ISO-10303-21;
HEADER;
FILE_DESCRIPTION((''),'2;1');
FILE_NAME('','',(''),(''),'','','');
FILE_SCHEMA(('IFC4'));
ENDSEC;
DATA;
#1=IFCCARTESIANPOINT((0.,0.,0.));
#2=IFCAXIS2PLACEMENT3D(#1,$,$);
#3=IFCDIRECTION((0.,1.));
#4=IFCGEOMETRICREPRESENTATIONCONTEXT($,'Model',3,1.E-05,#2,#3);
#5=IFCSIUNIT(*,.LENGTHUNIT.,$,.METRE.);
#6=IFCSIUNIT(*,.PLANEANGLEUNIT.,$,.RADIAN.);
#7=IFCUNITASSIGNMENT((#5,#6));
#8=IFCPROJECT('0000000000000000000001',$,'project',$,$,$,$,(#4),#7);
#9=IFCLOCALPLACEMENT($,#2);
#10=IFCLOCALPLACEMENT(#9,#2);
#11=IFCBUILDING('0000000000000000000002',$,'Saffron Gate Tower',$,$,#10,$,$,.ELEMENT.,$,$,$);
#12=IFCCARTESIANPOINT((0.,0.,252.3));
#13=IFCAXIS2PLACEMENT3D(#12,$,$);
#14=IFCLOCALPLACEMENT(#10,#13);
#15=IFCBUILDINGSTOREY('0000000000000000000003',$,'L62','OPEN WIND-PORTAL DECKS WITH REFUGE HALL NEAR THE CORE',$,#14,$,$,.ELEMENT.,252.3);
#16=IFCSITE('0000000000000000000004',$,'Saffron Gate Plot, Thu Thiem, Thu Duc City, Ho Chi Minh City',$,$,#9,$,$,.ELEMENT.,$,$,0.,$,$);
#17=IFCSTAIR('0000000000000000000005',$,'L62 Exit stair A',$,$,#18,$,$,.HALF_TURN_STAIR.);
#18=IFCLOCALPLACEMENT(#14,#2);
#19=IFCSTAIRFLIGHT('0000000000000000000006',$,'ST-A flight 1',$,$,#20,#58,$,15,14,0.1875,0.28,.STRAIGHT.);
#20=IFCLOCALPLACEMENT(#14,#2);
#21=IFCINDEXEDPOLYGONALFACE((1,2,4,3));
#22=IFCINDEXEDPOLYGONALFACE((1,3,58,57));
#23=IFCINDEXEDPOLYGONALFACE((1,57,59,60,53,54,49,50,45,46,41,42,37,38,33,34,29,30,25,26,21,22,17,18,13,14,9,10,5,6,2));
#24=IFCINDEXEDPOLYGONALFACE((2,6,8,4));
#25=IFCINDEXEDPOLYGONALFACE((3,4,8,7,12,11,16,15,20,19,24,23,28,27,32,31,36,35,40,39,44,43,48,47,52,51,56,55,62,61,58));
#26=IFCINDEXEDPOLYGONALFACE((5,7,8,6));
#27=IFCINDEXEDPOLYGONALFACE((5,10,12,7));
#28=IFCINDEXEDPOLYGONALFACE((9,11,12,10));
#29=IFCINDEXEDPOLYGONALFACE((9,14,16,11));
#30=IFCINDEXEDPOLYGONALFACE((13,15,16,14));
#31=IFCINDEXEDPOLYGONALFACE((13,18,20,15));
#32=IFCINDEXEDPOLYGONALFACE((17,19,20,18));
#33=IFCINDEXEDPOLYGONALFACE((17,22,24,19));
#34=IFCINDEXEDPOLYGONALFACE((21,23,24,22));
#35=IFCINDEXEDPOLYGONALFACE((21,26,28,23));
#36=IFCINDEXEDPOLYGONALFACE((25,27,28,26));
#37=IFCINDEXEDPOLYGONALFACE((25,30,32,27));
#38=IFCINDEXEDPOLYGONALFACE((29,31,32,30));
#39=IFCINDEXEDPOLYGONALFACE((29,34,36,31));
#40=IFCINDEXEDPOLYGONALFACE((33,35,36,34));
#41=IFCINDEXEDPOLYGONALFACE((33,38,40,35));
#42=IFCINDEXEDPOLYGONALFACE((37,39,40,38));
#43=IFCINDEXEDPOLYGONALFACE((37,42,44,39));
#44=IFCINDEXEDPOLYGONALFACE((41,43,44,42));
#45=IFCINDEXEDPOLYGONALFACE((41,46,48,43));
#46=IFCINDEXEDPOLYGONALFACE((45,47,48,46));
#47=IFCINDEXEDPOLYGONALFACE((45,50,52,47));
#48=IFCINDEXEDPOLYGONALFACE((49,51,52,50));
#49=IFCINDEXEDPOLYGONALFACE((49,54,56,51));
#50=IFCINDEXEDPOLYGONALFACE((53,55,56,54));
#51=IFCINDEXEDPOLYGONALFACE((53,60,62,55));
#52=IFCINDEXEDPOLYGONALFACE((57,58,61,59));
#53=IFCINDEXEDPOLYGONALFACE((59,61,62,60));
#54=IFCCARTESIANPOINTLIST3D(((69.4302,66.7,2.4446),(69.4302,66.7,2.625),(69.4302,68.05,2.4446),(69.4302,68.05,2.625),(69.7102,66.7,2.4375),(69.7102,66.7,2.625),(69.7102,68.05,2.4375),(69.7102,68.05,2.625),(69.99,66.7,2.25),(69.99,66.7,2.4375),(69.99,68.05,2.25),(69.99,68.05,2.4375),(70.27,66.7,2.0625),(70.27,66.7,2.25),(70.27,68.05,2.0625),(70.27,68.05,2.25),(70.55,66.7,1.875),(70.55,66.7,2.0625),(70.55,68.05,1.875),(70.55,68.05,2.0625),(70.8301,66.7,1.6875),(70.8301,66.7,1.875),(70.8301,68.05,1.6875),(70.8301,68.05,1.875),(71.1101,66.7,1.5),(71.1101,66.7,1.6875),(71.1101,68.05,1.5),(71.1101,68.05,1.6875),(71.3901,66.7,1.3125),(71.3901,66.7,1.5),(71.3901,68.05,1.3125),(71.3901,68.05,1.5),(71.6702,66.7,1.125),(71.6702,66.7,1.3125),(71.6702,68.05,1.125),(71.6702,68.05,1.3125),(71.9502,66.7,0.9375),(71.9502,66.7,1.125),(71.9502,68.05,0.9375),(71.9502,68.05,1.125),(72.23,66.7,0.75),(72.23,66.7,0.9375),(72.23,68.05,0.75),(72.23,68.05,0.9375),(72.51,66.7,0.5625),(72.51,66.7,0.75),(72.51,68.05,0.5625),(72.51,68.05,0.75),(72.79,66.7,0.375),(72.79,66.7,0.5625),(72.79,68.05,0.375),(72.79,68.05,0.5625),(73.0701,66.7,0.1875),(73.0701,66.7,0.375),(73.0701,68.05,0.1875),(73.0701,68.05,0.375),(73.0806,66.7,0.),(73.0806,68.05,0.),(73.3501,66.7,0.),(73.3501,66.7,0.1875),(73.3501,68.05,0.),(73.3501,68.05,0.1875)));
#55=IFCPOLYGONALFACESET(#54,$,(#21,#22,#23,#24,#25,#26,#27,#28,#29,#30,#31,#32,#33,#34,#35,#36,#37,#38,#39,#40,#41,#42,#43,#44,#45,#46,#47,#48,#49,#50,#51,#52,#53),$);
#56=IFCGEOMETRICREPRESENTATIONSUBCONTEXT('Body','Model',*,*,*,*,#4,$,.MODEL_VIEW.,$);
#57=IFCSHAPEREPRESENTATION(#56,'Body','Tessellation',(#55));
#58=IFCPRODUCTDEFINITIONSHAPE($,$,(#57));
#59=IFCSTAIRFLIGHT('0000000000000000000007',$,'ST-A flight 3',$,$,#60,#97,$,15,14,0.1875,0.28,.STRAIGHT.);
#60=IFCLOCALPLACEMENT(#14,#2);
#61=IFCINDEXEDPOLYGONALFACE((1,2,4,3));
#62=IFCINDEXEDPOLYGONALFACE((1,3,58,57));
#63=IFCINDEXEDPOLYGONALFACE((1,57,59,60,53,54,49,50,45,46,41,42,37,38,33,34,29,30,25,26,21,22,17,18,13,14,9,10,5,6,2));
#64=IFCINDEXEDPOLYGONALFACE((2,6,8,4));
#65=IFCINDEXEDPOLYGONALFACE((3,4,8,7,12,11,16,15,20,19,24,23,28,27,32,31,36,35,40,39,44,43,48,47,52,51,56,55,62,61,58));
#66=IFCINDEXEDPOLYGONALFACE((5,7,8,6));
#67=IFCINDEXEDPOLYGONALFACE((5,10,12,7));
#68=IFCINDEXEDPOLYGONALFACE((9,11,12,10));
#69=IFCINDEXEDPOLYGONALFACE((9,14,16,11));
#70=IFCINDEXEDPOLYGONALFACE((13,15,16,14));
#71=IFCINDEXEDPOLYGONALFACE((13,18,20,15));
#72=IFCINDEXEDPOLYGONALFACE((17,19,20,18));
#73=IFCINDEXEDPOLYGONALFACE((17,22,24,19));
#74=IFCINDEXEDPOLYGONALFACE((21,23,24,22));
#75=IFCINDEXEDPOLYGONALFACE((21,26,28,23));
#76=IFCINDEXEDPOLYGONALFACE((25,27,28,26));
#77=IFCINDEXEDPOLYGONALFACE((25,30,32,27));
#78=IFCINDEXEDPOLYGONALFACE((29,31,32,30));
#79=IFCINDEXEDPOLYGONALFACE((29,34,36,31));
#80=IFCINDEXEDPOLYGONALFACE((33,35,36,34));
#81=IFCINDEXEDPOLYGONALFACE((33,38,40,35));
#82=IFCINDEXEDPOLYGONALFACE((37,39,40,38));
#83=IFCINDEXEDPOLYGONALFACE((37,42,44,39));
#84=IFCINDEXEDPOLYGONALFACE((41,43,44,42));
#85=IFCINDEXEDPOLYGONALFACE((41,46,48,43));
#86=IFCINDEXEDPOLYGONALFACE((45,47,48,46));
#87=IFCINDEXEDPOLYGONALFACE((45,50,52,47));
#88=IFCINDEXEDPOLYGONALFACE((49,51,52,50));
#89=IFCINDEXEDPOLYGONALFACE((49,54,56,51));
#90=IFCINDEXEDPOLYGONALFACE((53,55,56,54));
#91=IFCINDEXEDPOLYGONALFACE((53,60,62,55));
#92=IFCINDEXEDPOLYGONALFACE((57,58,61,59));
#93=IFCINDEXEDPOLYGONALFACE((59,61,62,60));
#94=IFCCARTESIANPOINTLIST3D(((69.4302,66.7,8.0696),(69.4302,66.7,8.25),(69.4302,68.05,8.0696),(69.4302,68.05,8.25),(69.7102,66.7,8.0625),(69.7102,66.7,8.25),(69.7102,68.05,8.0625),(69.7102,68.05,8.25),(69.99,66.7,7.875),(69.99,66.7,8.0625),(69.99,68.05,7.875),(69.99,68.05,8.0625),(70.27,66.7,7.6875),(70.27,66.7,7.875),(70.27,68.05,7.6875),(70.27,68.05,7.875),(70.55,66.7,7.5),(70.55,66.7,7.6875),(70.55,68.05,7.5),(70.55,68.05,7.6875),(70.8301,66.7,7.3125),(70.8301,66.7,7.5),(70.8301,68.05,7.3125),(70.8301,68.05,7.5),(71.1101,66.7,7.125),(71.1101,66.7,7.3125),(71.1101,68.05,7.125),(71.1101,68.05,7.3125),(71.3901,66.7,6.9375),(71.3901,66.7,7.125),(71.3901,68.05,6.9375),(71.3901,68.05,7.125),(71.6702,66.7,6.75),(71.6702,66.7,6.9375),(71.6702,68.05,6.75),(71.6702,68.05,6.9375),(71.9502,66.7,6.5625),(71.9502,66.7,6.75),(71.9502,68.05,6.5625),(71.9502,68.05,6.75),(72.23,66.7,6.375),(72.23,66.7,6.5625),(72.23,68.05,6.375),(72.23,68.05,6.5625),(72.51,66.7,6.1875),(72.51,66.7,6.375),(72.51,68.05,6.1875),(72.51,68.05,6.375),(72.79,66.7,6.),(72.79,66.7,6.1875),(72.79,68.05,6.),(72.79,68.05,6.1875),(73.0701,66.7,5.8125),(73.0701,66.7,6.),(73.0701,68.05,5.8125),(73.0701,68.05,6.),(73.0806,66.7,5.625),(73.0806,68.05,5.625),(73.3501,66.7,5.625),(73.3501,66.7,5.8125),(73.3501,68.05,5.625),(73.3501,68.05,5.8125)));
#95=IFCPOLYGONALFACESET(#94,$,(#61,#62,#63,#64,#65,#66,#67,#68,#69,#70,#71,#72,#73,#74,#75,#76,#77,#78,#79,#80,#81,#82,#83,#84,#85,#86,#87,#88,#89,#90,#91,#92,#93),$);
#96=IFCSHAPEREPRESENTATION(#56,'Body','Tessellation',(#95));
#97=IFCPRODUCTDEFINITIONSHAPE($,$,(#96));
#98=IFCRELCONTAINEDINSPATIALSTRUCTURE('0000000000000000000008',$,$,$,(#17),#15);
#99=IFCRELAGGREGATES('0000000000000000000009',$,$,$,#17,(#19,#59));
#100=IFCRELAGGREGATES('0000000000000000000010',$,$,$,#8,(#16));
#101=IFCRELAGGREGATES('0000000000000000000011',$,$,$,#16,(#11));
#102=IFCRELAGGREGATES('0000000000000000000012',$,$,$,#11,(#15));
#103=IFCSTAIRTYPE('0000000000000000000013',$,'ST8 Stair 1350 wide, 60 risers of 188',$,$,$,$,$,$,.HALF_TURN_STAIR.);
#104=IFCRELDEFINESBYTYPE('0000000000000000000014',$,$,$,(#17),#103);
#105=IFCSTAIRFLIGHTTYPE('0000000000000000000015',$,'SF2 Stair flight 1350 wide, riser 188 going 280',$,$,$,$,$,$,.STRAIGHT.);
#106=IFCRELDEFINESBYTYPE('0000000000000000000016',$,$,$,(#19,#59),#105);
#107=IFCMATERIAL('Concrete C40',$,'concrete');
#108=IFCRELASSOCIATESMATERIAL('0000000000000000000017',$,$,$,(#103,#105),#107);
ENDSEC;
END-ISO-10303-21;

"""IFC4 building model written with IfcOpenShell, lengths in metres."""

from ifc_helpers import new_model, si_unit, direction, frame, origin, place, context, subcontext, project, spatial, polyline, outline, extrude, material, type_object, element, aggregate, save


model = new_model("IFC4")

# Units and contexts
model_context = context("Model", 3, precision=1e-05, world=origin(), true_north=direction((0.0, 1.0)))
body_context = subcontext(model_context, "Body", "Model", "MODEL_VIEW")
ifc_project = project(units=[si_unit("LENGTHUNIT", "METRE"), si_unit("PLANEANGLEUNIT", "RADIAN")], contexts=[model_context])

# Site, building, storey
site_placement = place(None, origin())
site = spatial("IfcSite", under=ifc_project, at=site_placement, Name="Saffron Gate Plot, Thu Thiem, Thu Duc City, Ho Chi Minh City", CompositionType="ELEMENT", RefElevation=0.0)
building_placement = place(site_placement, origin())
building = spatial("IfcBuilding", under=site, at=building_placement, Name="Saffron Gate Tower", CompositionType="ELEMENT")
storey_placement = place(building_placement, frame((0.0, 0.0, 252.3)))
storey = spatial("IfcBuildingStorey", under=building, at=storey_placement, Name="L62", Description="OPEN WIND-PORTAL DECKS WITH REFUGE HALL NEAR THE CORE", CompositionType="ELEMENT", Elevation=252.3)

# Stair, stair flights
ifc_material_1 = material(Name="Concrete C40", Category="concrete")
stair_type = type_object("IfcStairType", Name="ST8 Stair 1350 wide, 60 risers of 188", PredefinedType="HALF_TURN_STAIR", material=ifc_material_1)
stair_placement = place(storey_placement, origin())
stair = element("IfcStair", 1, at=stair_placement, inside=storey, type_object=stair_type, Name="L62 Exit stair A", PredefinedType="HALF_TURN_STAIR")
stair_flight_type = type_object("IfcStairFlightType", Name="SF2 Stair flight 1350 wide, riser 188 going 280", PredefinedType="STRAIGHT", material=ifc_material_1)
stair_flight_1_placement = place(storey_placement, frame((73.3501, 67.375, 0.0), z_axis=(0.0, 0.0, 1.0), x_axis=(-1.0, 0.0, 0.0)))
stair_flight_1 = element("IfcStairFlight", 2, at=stair_flight_1_placement, type_object=stair_flight_type, Name="ST-A flight 1", NumberOfRisers=15, NumberOfTreads=14, PredefinedType="STRAIGHT", RiserHeight=0.1875, TreadLength=0.28, context=body_context, shape_type="SweptSolid", body=[
    extrude(outline(polyline([(0.0, 0.0), (0.0, 0.1875), (0.28, 0.1875), (0.28, 0.375), (0.5601, 0.375), (0.5601, 0.5625), (0.8401, 0.5625), (0.8401, 0.75), (1.1201, 0.75), (1.1201, 0.9375), (1.3999, 0.9375), (1.3999, 1.125), (1.6799, 1.125), (1.6799, 1.3125), (1.96, 1.3125), (1.96, 1.5), (2.24, 1.5), (2.24, 1.6875), (2.52, 1.6875), (2.52, 1.875), (2.8, 1.875), (2.8, 2.0625), (3.0801, 2.0625), (3.0801, 2.25), (3.3601, 2.25), (3.3601, 2.4375), (3.6399, 2.4375), (3.6399, 2.625), (3.9199, 2.625), (3.9199, 2.8125), (3.9199, 2.4446), (0.2695, 0.0), (0.0, 0.0)])), frame((0.0, 0.675, 0.0), z_axis=(0.0, -1.0, 0.0), x_axis=(1.0, 0.0, 0.0)), (0.0, 0.0, 1.0), 1.3501),
])
stair_flight_2_placement = place(storey_placement, frame((73.3501, 67.375, 5.625), z_axis=(0.0, 0.0, 1.0), x_axis=(-1.0, 0.0, 0.0)))
stair_flight_2 = element("IfcStairFlight", 3, at=stair_flight_2_placement, type_object=stair_flight_type, Name="ST-A flight 3", NumberOfRisers=15, NumberOfTreads=14, PredefinedType="STRAIGHT", RiserHeight=0.1875, TreadLength=0.28, context=body_context, shape_type="SweptSolid", body=[
    extrude(outline(polyline([(0.0, 0.0), (0.0, 0.1875), (0.28, 0.1875), (0.28, 0.375), (0.5601, 0.375), (0.5601, 0.5625), (0.8401, 0.5625), (0.8401, 0.75), (1.1201, 0.75), (1.1201, 0.9375), (1.3999, 0.9375), (1.3999, 1.125), (1.6799, 1.125), (1.6799, 1.3125), (1.96, 1.3125), (1.96, 1.5), (2.24, 1.5), (2.24, 1.6875), (2.52, 1.6875), (2.52, 1.875), (2.8, 1.875), (2.8, 2.0625), (3.0801, 2.0625), (3.0801, 2.25), (3.3601, 2.25), (3.3601, 2.4375), (3.6399, 2.4375), (3.6399, 2.625), (3.9199, 2.625), (3.9199, 2.8125), (3.9199, 2.4446), (0.2695, 0.0), (0.0, 0.0)])), frame((0.0, 0.675, 0.0), z_axis=(0.0, -1.0, 0.0), x_axis=(1.0, 0.0, 0.0)), (0.0, 0.0, 1.0), 1.3501),
])
aggregate(stair, [stair_flight_1, stair_flight_2])

save(model, "model.ifc")
